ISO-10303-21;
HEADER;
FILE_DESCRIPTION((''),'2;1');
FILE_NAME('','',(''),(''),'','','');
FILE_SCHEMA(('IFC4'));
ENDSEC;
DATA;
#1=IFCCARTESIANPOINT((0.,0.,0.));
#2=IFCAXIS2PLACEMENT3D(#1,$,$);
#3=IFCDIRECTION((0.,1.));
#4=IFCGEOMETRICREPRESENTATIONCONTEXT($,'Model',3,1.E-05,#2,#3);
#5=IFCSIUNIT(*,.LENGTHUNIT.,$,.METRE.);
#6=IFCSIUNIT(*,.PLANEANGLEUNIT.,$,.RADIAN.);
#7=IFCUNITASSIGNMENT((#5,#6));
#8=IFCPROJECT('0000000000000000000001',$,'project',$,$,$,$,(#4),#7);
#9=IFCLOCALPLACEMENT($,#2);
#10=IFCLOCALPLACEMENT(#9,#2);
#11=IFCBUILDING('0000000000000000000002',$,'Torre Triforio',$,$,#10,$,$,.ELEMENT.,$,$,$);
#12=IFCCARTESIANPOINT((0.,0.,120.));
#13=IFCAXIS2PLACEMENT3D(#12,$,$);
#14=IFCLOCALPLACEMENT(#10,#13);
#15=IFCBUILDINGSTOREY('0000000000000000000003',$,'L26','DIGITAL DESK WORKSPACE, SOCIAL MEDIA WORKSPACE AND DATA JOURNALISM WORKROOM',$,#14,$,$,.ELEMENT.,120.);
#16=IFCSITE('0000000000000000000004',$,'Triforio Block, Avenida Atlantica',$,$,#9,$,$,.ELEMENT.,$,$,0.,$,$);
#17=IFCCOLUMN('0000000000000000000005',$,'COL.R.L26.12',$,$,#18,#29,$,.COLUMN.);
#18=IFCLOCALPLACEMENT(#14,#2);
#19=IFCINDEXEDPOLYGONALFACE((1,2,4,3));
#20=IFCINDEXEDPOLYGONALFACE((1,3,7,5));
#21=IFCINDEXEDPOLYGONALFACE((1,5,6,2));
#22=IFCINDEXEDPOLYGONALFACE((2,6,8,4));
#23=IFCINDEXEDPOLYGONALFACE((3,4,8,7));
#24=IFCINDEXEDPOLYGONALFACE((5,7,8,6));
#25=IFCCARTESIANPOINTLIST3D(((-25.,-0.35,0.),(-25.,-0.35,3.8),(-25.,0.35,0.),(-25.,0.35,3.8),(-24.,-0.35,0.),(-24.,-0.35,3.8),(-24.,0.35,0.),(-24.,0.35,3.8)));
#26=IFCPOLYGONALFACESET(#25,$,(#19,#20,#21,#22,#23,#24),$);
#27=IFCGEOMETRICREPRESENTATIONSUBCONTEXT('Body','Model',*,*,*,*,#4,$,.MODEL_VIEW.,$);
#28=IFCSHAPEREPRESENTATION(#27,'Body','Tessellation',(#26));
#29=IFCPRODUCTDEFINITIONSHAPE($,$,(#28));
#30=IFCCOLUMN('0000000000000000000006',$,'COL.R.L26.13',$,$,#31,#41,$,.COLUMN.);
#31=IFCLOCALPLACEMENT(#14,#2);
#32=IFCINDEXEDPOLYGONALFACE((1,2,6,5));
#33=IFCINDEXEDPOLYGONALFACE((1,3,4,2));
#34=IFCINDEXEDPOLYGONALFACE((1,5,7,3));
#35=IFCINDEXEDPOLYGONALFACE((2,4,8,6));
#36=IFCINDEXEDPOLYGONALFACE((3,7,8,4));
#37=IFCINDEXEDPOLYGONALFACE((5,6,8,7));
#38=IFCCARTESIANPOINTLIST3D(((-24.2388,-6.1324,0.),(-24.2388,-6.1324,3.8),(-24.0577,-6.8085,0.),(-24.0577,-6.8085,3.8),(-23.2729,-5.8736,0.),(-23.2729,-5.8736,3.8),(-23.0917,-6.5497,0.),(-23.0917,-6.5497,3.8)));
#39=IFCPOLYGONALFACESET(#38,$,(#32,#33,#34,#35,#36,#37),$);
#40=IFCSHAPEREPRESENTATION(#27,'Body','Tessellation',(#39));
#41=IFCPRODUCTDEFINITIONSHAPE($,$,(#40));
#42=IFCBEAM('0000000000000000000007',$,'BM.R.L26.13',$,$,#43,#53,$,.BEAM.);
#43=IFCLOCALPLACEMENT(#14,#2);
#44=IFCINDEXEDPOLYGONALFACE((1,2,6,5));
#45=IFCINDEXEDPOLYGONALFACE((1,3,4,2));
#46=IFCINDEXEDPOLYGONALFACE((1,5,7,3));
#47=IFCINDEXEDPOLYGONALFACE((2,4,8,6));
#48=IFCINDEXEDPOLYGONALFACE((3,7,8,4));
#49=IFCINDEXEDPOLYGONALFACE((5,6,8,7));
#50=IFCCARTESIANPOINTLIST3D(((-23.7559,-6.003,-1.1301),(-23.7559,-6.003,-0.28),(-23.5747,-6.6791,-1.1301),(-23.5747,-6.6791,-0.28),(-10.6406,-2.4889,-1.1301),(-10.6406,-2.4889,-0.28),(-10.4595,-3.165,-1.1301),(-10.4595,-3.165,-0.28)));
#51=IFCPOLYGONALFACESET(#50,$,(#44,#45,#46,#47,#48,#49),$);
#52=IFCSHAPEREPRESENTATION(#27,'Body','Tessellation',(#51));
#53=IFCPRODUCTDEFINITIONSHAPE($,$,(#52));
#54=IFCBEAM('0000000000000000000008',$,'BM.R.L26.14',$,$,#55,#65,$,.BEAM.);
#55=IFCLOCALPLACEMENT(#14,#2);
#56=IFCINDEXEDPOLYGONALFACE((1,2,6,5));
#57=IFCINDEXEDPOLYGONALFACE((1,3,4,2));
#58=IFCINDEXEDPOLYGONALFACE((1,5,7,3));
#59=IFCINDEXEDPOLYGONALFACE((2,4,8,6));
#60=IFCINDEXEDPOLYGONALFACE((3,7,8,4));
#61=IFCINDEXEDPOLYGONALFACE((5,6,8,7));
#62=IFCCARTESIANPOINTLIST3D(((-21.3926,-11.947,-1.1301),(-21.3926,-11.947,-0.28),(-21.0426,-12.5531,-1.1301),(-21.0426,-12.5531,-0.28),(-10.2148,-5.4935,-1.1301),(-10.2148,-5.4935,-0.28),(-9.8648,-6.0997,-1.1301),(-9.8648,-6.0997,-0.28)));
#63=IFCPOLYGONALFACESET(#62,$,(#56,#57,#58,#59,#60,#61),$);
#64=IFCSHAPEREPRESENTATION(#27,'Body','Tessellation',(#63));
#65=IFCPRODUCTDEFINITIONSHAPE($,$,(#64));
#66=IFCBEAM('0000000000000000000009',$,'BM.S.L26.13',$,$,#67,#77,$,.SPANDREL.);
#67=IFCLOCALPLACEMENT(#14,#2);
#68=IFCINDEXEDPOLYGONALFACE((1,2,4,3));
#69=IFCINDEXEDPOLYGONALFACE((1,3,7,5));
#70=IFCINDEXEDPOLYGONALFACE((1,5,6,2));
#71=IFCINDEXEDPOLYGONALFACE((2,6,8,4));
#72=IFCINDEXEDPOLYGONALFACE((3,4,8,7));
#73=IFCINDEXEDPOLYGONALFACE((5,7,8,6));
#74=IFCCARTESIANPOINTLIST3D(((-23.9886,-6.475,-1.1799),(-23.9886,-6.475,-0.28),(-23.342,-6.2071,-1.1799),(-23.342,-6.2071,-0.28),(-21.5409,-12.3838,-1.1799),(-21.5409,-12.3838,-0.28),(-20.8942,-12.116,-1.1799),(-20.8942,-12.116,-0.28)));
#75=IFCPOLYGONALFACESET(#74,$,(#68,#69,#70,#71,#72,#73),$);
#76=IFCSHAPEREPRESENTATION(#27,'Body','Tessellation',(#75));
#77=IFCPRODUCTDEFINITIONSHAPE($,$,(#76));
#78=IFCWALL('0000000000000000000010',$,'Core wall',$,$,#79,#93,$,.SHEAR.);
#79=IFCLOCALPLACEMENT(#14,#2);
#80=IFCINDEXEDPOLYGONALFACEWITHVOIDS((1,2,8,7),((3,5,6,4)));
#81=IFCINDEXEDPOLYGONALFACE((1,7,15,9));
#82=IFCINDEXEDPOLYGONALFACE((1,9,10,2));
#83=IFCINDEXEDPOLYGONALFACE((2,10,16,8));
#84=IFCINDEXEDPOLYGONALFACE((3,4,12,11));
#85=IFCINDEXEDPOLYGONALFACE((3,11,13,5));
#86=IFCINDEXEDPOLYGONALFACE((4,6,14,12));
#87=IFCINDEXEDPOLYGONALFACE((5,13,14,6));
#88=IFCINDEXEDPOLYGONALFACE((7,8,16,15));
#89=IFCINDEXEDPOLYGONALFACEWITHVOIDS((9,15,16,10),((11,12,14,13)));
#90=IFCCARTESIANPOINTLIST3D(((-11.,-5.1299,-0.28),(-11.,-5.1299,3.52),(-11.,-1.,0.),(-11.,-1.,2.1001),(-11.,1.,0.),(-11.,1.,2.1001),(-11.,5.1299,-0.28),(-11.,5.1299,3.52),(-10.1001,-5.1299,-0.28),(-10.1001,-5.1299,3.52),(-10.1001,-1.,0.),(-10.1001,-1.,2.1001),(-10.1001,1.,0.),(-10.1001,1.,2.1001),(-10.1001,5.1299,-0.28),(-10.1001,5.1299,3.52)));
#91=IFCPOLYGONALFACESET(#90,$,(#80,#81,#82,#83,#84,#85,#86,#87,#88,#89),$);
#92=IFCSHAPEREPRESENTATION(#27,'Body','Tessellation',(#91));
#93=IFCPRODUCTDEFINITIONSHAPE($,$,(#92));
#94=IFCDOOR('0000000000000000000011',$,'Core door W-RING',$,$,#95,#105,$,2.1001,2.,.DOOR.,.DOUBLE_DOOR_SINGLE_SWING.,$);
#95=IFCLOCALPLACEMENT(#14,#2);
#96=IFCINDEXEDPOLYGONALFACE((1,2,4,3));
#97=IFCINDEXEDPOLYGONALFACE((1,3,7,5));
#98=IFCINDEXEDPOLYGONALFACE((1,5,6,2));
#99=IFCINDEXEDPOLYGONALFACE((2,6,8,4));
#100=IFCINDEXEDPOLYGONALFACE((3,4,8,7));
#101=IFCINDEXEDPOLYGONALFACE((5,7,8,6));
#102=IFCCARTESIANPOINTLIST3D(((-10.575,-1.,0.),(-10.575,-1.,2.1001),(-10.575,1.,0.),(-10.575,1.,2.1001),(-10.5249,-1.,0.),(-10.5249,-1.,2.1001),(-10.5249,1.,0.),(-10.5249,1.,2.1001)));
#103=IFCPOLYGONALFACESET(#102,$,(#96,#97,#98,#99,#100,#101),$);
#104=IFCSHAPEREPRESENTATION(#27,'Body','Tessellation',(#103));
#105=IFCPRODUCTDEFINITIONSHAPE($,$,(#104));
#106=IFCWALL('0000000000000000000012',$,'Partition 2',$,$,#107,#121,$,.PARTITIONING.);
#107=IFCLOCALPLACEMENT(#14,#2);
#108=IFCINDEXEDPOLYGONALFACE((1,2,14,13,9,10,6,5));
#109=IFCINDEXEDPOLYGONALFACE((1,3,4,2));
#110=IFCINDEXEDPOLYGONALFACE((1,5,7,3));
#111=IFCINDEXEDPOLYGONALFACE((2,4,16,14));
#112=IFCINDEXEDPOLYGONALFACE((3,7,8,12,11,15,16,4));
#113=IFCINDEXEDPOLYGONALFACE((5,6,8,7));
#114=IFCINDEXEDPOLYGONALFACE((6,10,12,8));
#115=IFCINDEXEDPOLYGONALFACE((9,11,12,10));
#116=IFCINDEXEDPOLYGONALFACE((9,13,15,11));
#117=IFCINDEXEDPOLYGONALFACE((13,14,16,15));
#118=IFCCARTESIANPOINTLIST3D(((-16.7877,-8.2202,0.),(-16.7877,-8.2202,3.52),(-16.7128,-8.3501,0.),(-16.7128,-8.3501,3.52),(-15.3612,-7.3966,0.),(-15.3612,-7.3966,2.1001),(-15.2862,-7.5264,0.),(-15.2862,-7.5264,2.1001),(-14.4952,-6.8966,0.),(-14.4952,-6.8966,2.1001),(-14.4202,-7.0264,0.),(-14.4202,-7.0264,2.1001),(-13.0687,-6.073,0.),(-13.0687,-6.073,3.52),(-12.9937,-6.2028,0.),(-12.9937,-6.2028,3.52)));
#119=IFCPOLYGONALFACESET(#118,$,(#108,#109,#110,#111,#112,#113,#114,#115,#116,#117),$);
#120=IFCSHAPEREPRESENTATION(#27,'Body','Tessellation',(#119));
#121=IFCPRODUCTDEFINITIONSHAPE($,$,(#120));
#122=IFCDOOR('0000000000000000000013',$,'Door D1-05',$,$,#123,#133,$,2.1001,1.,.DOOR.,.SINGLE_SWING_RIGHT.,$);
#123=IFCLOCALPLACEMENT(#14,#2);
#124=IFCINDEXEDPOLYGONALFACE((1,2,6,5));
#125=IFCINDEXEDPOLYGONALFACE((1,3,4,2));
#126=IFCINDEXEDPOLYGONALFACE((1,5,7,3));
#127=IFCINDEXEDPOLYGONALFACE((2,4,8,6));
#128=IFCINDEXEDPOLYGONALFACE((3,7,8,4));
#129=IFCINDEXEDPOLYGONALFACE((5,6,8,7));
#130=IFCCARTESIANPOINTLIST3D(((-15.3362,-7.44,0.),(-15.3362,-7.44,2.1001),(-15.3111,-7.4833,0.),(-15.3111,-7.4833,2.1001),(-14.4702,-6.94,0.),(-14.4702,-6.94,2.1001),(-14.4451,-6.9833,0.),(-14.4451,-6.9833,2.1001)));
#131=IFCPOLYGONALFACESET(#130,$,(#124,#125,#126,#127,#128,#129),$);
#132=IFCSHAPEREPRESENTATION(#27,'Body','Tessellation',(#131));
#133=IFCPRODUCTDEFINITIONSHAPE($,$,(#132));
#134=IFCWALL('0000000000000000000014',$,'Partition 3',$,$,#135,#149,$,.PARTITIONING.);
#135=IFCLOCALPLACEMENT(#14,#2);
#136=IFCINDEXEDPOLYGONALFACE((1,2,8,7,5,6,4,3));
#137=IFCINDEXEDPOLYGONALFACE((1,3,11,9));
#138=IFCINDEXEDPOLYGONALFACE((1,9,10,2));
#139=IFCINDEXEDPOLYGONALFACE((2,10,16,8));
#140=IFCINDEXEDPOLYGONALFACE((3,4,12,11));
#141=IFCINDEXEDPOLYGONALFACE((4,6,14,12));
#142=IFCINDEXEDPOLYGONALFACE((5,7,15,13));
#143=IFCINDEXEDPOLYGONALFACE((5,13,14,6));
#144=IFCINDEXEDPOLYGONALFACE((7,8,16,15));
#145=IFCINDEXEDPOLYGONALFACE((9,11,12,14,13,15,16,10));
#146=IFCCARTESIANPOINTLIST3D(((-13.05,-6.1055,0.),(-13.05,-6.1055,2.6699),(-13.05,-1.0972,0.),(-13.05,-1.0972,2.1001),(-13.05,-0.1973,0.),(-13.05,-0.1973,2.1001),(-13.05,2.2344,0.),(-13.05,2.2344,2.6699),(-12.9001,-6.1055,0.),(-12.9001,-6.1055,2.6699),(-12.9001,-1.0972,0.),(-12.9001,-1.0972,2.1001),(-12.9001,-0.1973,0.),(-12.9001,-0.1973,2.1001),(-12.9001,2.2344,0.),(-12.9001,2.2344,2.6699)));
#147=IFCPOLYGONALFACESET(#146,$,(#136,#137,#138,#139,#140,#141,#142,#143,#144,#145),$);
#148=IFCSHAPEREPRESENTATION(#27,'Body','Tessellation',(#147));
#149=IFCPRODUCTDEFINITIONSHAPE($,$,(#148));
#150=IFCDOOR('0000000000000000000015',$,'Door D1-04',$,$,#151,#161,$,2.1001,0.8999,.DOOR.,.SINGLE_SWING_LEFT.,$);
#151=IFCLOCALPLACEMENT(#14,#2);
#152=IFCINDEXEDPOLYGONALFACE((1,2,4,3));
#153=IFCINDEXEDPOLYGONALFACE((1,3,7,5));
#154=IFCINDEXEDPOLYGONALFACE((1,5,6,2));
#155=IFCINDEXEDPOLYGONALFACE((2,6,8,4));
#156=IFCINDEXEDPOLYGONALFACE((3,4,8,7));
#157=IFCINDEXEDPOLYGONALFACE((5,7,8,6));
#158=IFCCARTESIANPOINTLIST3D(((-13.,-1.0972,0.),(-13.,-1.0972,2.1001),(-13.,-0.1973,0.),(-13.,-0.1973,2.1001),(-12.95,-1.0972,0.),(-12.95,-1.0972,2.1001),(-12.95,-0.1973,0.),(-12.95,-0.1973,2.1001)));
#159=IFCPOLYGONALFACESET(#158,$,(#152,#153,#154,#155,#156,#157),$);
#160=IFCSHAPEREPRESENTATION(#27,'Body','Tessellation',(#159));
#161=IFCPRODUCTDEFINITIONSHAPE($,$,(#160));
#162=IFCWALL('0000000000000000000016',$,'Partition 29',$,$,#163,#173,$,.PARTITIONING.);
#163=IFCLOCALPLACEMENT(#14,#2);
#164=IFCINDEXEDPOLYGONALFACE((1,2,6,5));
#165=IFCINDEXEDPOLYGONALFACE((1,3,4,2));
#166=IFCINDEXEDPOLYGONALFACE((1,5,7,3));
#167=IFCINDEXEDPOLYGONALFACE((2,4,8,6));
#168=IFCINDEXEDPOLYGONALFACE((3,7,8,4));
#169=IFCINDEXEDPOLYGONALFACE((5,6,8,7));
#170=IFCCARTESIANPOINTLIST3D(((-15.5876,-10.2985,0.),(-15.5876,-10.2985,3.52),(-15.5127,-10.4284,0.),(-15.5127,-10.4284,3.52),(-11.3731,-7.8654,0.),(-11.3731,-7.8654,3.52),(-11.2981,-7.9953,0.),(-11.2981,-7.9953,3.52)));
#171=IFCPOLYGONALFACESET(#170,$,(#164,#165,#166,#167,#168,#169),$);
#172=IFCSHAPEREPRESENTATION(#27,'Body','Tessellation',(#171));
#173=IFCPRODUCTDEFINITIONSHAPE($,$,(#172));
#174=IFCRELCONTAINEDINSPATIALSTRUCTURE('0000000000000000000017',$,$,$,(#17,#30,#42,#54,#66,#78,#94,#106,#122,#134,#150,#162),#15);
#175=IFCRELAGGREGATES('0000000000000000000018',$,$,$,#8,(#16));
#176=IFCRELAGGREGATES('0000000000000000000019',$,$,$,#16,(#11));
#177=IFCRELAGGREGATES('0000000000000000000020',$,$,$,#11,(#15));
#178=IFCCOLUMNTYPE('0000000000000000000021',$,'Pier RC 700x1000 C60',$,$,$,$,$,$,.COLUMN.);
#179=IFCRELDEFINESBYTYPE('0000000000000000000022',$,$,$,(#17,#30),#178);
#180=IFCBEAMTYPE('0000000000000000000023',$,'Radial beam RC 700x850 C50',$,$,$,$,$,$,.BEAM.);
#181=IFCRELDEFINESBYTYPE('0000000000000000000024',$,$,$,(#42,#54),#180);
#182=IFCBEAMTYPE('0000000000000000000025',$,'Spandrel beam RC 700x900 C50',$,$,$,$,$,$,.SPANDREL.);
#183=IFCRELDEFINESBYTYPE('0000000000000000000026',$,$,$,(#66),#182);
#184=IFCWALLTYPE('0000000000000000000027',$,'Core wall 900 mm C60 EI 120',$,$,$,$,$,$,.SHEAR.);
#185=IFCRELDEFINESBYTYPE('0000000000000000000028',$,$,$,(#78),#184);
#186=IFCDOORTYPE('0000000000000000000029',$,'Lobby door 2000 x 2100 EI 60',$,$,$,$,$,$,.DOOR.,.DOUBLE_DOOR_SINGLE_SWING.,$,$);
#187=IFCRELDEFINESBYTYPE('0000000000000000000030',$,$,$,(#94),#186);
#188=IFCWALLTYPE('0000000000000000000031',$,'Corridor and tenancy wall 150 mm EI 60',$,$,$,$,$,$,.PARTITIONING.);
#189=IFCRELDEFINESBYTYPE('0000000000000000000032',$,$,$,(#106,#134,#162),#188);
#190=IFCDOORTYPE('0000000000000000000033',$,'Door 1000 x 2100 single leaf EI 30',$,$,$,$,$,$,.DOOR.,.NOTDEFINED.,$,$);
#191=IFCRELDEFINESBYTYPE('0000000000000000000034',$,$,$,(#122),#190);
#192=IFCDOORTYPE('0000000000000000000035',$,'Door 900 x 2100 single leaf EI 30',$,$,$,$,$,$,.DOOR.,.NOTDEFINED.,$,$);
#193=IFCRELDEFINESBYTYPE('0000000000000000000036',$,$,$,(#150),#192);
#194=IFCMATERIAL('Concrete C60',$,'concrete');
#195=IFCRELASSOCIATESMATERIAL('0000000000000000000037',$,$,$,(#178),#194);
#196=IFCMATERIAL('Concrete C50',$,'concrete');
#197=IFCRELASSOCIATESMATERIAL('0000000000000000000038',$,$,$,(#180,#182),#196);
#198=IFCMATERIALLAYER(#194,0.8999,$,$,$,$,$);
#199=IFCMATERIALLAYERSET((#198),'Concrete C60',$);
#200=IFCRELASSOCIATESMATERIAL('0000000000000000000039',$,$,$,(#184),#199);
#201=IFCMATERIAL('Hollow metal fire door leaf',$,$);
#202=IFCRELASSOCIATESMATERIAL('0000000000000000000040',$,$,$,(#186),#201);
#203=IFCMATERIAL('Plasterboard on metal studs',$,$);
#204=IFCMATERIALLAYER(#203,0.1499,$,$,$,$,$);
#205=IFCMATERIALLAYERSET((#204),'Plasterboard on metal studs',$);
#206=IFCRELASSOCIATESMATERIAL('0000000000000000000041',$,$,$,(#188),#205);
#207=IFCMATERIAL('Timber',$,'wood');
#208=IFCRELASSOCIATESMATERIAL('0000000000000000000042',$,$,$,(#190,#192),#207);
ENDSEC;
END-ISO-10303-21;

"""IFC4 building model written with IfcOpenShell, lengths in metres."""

from ifc_helpers import new_model, si_unit, direction, frame, frame_2d, origin, origin_2d, place, context, subcontext, project, spatial, rectangle, extrude, material, layer, layer_set, material_profile, profile_set, type_object, element, fill, save


model = new_model("IFC4")

# Units and contexts
model_context = context("Model", 3, precision=1e-05, world=origin(), true_north=direction((0.0, 1.0)))
body_context = subcontext(model_context, "Body", "Model", "MODEL_VIEW")
ifc_project = project(units=[si_unit("LENGTHUNIT", "METRE"), si_unit("PLANEANGLEUNIT", "RADIAN")], contexts=[model_context])

# Site, building, storey
site_placement = place(None, origin())
site = spatial("IfcSite", under=ifc_project, at=site_placement, Name="Triforio Block, Avenida Atlantica", CompositionType="ELEMENT", RefElevation=0.0)
building_placement = place(site_placement, origin())
building = spatial("IfcBuilding", under=site, at=building_placement, Name="Torre Triforio", CompositionType="ELEMENT")
storey_placement = place(building_placement, frame((0.0, 0.0, 120.0)))
storey = spatial("IfcBuildingStorey", under=building, at=storey_placement, Name="L26", Description="DIGITAL DESK WORKSPACE, SOCIAL MEDIA WORKSPACE AND DATA JOURNALISM WORKROOM", CompositionType="ELEMENT", Elevation=120.0)

# Columns
ifc_material_1 = material(Name="Concrete C60", Category="concrete")
ifc_material_profile_1 = material_profile(ifc_material_1, rectangle(XDim=0.7, YDim=1.0, at=origin_2d()), Name="RC 700x1000")
ifc_profile_set_1 = profile_set([ifc_material_profile_1], Name="Concrete C60")
column_type = type_object("IfcColumnType", Name="Pier RC 700x1000 C60", PredefinedType="COLUMN", material=ifc_profile_set_1)
for number, where, z_axis, x_axis, name in (
    (1, (-24.5, 0.0, 0.0), (0.0, 0.0, 1.0), (0.0, -1.0, 0.0), "COL.R.L26.12"),
    (2, (-23.6653, -6.3411, 0.0), (0.0, 0.0, 1.0), (0.258819, -0.965926, 0.0), "COL.R.L26.13"),
):
    element("IfcColumn", number, at=place(storey_placement, frame(where, z_axis=z_axis, x_axis=x_axis)), inside=storey, type_object=column_type, Name=name, PredefinedType="COLUMN", context=body_context, shape_type="SweptSolid", body=[
        extrude(rectangle(XDim=0.7, YDim=1.0, at=origin_2d()), origin(), (0.0, 0.0, 1.0), 3.8),
    ])

# Beams
ifc_material_2 = material(Name="Concrete C50", Category="concrete")
ifc_material_profile_2 = material_profile(ifc_material_2, rectangle(XDim=0.7, YDim=0.8501, at=origin_2d()), Name="RC 700x850")
ifc_profile_set_2 = profile_set([ifc_material_profile_2], Name="Concrete C50")
beam_type_1 = type_object("IfcBeamType", Name="Radial beam RC 700x850 C50", PredefinedType="BEAM", material=ifc_profile_set_2)
beam_1_placement = place(storey_placement, frame((-10.55, -2.8269, -0.7051), z_axis=(-0.965927, -0.258815, 0.0), x_axis=(0.258815, -0.965927, 0.0)))
element("IfcBeam", 3, at=beam_1_placement, inside=storey, type_object=beam_type_1, Name="BM.R.L26.13", PredefinedType="BEAM", context=body_context, shape_type="SweptSolid", body=[
    extrude(rectangle(XDim=0.7, YDim=0.8501, at=origin_2d()), origin(), (0.0, 0.0, 1.0), 13.5779),
])
beam_2_placement = place(storey_placement, frame((-10.0398, -5.7966, -0.7051), z_axis=(-0.866029, -0.499994, 0.0), x_axis=(0.499994, -0.866029, 0.0)))
element("IfcBeam", 4, at=beam_2_placement, inside=storey, type_object=beam_type_1, Name="BM.R.L26.14", PredefinedType="BEAM", context=body_context, shape_type="SweptSolid", body=[
    extrude(rectangle(XDim=0.7, YDim=0.8501, at=origin_2d()), origin(), (0.0, 0.0, 1.0), 12.907),
])
ifc_material_profile_3 = material_profile(ifc_material_2, rectangle(XDim=0.7, YDim=0.8999, at=origin_2d()), Name="RC 700x900")
ifc_profile_set_3 = profile_set([ifc_material_profile_3], Name="Concrete C50")
beam_type_2 = type_object("IfcBeamType", Name="Spandrel beam RC 700x900 C50", PredefinedType="SPANDREL", material=ifc_profile_set_3)
beam_3_placement = place(storey_placement, frame((-23.6653, -6.3411, -0.73), z_axis=(0.382709, -0.923869, 0.0), x_axis=(0.923869, 0.382709, 0.0)))
element("IfcBeam", 5, at=beam_3_placement, inside=storey, type_object=beam_type_2, Name="BM.S.L26.13", PredefinedType="SPANDREL", context=body_context, shape_type="SweptSolid", body=[
    extrude(rectangle(XDim=0.7, YDim=0.8999, at=origin_2d()), origin(), (0.0, 0.0, 1.0), 6.3958),
])

# Walls, openings, doors
ifc_layer_1 = layer(ifc_material_1, 0.8999)
ifc_layer_set_1 = layer_set([ifc_layer_1], Name="Concrete C60")
wall_type_1 = type_object("IfcWallType", Name="Core wall 900 mm C60 EI 120", PredefinedType="SHEAR", material=ifc_layer_set_1)
wall_1_placement = place(storey_placement, frame((-10.55, -5.1299, -0.28), z_axis=(0.0, 0.0, 1.0), x_axis=(0.0, 1.0, 0.0)))
wall_1 = element("IfcWall", 6, at=wall_1_placement, inside=storey, type_object=wall_type_1, Name="Core wall", PredefinedType="SHEAR", context=body_context, shape_type="SweptSolid", body=[
    extrude(rectangle(XDim=10.2598, YDim=0.8999, at=frame_2d((5.1299, 0.0))), origin(), (0.0, 0.0, 1.0), 3.8),
])
opening_1_placement = place(wall_1_placement, frame((4.1299, 0.0, 0.28)))
opening_1 = element("IfcOpeningElement", 7, at=opening_1_placement, cuts=wall_1, PredefinedType="OPENING", context=body_context, shape_type="SweptSolid", body=[
    extrude(rectangle(XDim=2.0, YDim=2.1001, at=frame_2d((1.0, 1.05))), frame((0.0, 0.46, 0.0), z_axis=(0.0, -1.0, 0.0), x_axis=(1.0, 0.0, 0.0)), (0.0, 0.0, 1.0), 0.9199),
])
ifc_material_3 = material(Name="Hollow metal fire door leaf")
door_type_1 = type_object("IfcDoorType", Name="Lobby door 2000 x 2100 EI 60", OperationType="DOUBLE_DOOR_SINGLE_SWING", PredefinedType="DOOR", material=ifc_material_3)
door_1_placement = place(opening_1_placement, origin())
door_1 = element("IfcDoor", 8, at=door_1_placement, inside=storey, type_object=door_type_1, Name="Core door W-RING", OperationType="DOUBLE_DOOR_SINGLE_SWING", OverallHeight=2.1001, OverallWidth=2.0, PredefinedType="DOOR", context=body_context, shape_type="SweptSolid", body=[
    extrude(rectangle(XDim=2.0, YDim=2.1001, at=frame_2d((1.0, 1.05))), frame((0.0, 0.0249, 0.0), z_axis=(0.0, -1.0, 0.0), x_axis=(1.0, 0.0, 0.0)), (0.0, 0.0, 1.0), 0.05),
])
fill(opening_1, door_1)
ifc_material_4 = material(Name="Plasterboard on metal studs")
ifc_layer_2 = layer(ifc_material_4, 0.1499)
ifc_layer_set_2 = layer_set([ifc_layer_2], Name="Plasterboard on metal studs")
wall_type_2 = type_object("IfcWallType", Name="Corridor and tenancy wall 150 mm EI 60", PredefinedType="PARTITIONING", material=ifc_layer_set_2)
wall_2_placement = place(storey_placement, frame((-16.7502, -8.2852, 0.0), z_axis=(0.0, 0.0, 1.0), x_axis=(0.86602, 0.50001, 0.0)))
wall_2 = element("IfcWall", 9, at=wall_2_placement, inside=storey, type_object=wall_type_2, Name="Partition 2", PredefinedType="PARTITIONING", context=body_context, shape_type="SweptSolid", body=[
    extrude(rectangle(XDim=4.2944, YDim=0.1499, at=frame_2d((2.1472, 0.0))), origin(), (0.0, 0.0, 1.0), 3.52),
])
opening_2_placement = place(wall_2_placement, frame((1.6472, 0.0, 0.0)))
opening_2 = element("IfcOpeningElement", 10, at=opening_2_placement, cuts=wall_2, PredefinedType="OPENING", context=body_context, shape_type="SweptSolid", body=[
    extrude(rectangle(XDim=1.0, YDim=2.1001, at=frame_2d((0.5, 1.05))), frame((0.0, 0.085, 0.0), z_axis=(0.0, -1.0, 0.0), x_axis=(1.0, 0.0, 0.0)), (0.0, 0.0, 1.0), 0.1699),
])
ifc_material_5 = material(Name="Timber", Category="wood")
door_type_2 = type_object("IfcDoorType", Name="Door 1000 x 2100 single leaf EI 30", OperationType="NOTDEFINED", PredefinedType="DOOR", material=ifc_material_5)
door_2_placement = place(opening_2_placement, origin())
door_2 = element("IfcDoor", 11, at=door_2_placement, inside=storey, type_object=door_type_2, Name="Door D1-05", OperationType="SINGLE_SWING_RIGHT", OverallHeight=2.1001, OverallWidth=1.0, PredefinedType="DOOR", context=body_context, shape_type="SweptSolid", body=[
    extrude(rectangle(XDim=1.0, YDim=2.1001, at=frame_2d((0.5, 1.05))), frame((0.0, 0.0249, 0.0), z_axis=(0.0, -1.0, 0.0), x_axis=(1.0, 0.0, 0.0)), (0.0, 0.0, 1.0), 0.05),
])
fill(opening_2, door_2)
wall_3_placement = place(storey_placement, frame((-12.9751, -6.1055, 0.0), z_axis=(0.0, 0.0, 1.0), x_axis=(0.0, 1.0, 0.0)))
wall_3 = element("IfcWall", 12, at=wall_3_placement, inside=storey, type_object=wall_type_2, Name="Partition 3", PredefinedType="PARTITIONING", context=body_context, shape_type="SweptSolid", body=[
    extrude(rectangle(XDim=8.3398, YDim=0.1499, at=frame_2d((4.1699, 0.0))), origin(), (0.0, 0.0, 1.0), 2.6699),
])
opening_3_placement = place(wall_3_placement, frame((5.0083, 0.0, 0.0)))
opening_3 = element("IfcOpeningElement", 13, at=opening_3_placement, cuts=wall_3, PredefinedType="OPENING", context=body_context, shape_type="SweptSolid", body=[
    extrude(rectangle(XDim=0.8999, YDim=2.1001, at=frame_2d((0.45, 1.05))), frame((0.0, 0.085, 0.0), z_axis=(0.0, -1.0, 0.0), x_axis=(1.0, 0.0, 0.0)), (0.0, 0.0, 1.0), 0.1699),
])
door_type_3 = type_object("IfcDoorType", Name="Door 900 x 2100 single leaf EI 30", OperationType="NOTDEFINED", PredefinedType="DOOR", material=ifc_material_5)
door_3_placement = place(opening_3_placement, origin())
door_3 = element("IfcDoor", 14, at=door_3_placement, inside=storey, type_object=door_type_3, Name="Door D1-04", OperationType="SINGLE_SWING_LEFT", OverallHeight=2.1001, OverallWidth=0.8999, PredefinedType="DOOR", context=body_context, shape_type="SweptSolid", body=[
    extrude(rectangle(XDim=0.8999, YDim=2.1001, at=frame_2d((0.45, 1.05))), frame((0.0, 0.0249, 0.0), z_axis=(0.0, -1.0, 0.0), x_axis=(1.0, 0.0, 0.0)), (0.0, 0.0, 1.0), 0.05),
])
fill(opening_3, door_3)

# Wall
wall_4_placement = place(storey_placement, frame((-11.3357, -7.9304, 0.0), z_axis=(0.0, 0.0, 1.0), x_axis=(-0.866043, -0.49997, 0.0)))
element("IfcWall", 15, at=wall_4_placement, inside=storey, type_object=wall_type_2, Name="Partition 29", PredefinedType="PARTITIONING", context=body_context, shape_type="SweptSolid", body=[
    extrude(rectangle(XDim=4.8665, YDim=0.1499, at=frame_2d((2.4331, 0.0))), origin(), (0.0, 0.0, 1.0), 3.52),
])

save(model, "model.ifc")
